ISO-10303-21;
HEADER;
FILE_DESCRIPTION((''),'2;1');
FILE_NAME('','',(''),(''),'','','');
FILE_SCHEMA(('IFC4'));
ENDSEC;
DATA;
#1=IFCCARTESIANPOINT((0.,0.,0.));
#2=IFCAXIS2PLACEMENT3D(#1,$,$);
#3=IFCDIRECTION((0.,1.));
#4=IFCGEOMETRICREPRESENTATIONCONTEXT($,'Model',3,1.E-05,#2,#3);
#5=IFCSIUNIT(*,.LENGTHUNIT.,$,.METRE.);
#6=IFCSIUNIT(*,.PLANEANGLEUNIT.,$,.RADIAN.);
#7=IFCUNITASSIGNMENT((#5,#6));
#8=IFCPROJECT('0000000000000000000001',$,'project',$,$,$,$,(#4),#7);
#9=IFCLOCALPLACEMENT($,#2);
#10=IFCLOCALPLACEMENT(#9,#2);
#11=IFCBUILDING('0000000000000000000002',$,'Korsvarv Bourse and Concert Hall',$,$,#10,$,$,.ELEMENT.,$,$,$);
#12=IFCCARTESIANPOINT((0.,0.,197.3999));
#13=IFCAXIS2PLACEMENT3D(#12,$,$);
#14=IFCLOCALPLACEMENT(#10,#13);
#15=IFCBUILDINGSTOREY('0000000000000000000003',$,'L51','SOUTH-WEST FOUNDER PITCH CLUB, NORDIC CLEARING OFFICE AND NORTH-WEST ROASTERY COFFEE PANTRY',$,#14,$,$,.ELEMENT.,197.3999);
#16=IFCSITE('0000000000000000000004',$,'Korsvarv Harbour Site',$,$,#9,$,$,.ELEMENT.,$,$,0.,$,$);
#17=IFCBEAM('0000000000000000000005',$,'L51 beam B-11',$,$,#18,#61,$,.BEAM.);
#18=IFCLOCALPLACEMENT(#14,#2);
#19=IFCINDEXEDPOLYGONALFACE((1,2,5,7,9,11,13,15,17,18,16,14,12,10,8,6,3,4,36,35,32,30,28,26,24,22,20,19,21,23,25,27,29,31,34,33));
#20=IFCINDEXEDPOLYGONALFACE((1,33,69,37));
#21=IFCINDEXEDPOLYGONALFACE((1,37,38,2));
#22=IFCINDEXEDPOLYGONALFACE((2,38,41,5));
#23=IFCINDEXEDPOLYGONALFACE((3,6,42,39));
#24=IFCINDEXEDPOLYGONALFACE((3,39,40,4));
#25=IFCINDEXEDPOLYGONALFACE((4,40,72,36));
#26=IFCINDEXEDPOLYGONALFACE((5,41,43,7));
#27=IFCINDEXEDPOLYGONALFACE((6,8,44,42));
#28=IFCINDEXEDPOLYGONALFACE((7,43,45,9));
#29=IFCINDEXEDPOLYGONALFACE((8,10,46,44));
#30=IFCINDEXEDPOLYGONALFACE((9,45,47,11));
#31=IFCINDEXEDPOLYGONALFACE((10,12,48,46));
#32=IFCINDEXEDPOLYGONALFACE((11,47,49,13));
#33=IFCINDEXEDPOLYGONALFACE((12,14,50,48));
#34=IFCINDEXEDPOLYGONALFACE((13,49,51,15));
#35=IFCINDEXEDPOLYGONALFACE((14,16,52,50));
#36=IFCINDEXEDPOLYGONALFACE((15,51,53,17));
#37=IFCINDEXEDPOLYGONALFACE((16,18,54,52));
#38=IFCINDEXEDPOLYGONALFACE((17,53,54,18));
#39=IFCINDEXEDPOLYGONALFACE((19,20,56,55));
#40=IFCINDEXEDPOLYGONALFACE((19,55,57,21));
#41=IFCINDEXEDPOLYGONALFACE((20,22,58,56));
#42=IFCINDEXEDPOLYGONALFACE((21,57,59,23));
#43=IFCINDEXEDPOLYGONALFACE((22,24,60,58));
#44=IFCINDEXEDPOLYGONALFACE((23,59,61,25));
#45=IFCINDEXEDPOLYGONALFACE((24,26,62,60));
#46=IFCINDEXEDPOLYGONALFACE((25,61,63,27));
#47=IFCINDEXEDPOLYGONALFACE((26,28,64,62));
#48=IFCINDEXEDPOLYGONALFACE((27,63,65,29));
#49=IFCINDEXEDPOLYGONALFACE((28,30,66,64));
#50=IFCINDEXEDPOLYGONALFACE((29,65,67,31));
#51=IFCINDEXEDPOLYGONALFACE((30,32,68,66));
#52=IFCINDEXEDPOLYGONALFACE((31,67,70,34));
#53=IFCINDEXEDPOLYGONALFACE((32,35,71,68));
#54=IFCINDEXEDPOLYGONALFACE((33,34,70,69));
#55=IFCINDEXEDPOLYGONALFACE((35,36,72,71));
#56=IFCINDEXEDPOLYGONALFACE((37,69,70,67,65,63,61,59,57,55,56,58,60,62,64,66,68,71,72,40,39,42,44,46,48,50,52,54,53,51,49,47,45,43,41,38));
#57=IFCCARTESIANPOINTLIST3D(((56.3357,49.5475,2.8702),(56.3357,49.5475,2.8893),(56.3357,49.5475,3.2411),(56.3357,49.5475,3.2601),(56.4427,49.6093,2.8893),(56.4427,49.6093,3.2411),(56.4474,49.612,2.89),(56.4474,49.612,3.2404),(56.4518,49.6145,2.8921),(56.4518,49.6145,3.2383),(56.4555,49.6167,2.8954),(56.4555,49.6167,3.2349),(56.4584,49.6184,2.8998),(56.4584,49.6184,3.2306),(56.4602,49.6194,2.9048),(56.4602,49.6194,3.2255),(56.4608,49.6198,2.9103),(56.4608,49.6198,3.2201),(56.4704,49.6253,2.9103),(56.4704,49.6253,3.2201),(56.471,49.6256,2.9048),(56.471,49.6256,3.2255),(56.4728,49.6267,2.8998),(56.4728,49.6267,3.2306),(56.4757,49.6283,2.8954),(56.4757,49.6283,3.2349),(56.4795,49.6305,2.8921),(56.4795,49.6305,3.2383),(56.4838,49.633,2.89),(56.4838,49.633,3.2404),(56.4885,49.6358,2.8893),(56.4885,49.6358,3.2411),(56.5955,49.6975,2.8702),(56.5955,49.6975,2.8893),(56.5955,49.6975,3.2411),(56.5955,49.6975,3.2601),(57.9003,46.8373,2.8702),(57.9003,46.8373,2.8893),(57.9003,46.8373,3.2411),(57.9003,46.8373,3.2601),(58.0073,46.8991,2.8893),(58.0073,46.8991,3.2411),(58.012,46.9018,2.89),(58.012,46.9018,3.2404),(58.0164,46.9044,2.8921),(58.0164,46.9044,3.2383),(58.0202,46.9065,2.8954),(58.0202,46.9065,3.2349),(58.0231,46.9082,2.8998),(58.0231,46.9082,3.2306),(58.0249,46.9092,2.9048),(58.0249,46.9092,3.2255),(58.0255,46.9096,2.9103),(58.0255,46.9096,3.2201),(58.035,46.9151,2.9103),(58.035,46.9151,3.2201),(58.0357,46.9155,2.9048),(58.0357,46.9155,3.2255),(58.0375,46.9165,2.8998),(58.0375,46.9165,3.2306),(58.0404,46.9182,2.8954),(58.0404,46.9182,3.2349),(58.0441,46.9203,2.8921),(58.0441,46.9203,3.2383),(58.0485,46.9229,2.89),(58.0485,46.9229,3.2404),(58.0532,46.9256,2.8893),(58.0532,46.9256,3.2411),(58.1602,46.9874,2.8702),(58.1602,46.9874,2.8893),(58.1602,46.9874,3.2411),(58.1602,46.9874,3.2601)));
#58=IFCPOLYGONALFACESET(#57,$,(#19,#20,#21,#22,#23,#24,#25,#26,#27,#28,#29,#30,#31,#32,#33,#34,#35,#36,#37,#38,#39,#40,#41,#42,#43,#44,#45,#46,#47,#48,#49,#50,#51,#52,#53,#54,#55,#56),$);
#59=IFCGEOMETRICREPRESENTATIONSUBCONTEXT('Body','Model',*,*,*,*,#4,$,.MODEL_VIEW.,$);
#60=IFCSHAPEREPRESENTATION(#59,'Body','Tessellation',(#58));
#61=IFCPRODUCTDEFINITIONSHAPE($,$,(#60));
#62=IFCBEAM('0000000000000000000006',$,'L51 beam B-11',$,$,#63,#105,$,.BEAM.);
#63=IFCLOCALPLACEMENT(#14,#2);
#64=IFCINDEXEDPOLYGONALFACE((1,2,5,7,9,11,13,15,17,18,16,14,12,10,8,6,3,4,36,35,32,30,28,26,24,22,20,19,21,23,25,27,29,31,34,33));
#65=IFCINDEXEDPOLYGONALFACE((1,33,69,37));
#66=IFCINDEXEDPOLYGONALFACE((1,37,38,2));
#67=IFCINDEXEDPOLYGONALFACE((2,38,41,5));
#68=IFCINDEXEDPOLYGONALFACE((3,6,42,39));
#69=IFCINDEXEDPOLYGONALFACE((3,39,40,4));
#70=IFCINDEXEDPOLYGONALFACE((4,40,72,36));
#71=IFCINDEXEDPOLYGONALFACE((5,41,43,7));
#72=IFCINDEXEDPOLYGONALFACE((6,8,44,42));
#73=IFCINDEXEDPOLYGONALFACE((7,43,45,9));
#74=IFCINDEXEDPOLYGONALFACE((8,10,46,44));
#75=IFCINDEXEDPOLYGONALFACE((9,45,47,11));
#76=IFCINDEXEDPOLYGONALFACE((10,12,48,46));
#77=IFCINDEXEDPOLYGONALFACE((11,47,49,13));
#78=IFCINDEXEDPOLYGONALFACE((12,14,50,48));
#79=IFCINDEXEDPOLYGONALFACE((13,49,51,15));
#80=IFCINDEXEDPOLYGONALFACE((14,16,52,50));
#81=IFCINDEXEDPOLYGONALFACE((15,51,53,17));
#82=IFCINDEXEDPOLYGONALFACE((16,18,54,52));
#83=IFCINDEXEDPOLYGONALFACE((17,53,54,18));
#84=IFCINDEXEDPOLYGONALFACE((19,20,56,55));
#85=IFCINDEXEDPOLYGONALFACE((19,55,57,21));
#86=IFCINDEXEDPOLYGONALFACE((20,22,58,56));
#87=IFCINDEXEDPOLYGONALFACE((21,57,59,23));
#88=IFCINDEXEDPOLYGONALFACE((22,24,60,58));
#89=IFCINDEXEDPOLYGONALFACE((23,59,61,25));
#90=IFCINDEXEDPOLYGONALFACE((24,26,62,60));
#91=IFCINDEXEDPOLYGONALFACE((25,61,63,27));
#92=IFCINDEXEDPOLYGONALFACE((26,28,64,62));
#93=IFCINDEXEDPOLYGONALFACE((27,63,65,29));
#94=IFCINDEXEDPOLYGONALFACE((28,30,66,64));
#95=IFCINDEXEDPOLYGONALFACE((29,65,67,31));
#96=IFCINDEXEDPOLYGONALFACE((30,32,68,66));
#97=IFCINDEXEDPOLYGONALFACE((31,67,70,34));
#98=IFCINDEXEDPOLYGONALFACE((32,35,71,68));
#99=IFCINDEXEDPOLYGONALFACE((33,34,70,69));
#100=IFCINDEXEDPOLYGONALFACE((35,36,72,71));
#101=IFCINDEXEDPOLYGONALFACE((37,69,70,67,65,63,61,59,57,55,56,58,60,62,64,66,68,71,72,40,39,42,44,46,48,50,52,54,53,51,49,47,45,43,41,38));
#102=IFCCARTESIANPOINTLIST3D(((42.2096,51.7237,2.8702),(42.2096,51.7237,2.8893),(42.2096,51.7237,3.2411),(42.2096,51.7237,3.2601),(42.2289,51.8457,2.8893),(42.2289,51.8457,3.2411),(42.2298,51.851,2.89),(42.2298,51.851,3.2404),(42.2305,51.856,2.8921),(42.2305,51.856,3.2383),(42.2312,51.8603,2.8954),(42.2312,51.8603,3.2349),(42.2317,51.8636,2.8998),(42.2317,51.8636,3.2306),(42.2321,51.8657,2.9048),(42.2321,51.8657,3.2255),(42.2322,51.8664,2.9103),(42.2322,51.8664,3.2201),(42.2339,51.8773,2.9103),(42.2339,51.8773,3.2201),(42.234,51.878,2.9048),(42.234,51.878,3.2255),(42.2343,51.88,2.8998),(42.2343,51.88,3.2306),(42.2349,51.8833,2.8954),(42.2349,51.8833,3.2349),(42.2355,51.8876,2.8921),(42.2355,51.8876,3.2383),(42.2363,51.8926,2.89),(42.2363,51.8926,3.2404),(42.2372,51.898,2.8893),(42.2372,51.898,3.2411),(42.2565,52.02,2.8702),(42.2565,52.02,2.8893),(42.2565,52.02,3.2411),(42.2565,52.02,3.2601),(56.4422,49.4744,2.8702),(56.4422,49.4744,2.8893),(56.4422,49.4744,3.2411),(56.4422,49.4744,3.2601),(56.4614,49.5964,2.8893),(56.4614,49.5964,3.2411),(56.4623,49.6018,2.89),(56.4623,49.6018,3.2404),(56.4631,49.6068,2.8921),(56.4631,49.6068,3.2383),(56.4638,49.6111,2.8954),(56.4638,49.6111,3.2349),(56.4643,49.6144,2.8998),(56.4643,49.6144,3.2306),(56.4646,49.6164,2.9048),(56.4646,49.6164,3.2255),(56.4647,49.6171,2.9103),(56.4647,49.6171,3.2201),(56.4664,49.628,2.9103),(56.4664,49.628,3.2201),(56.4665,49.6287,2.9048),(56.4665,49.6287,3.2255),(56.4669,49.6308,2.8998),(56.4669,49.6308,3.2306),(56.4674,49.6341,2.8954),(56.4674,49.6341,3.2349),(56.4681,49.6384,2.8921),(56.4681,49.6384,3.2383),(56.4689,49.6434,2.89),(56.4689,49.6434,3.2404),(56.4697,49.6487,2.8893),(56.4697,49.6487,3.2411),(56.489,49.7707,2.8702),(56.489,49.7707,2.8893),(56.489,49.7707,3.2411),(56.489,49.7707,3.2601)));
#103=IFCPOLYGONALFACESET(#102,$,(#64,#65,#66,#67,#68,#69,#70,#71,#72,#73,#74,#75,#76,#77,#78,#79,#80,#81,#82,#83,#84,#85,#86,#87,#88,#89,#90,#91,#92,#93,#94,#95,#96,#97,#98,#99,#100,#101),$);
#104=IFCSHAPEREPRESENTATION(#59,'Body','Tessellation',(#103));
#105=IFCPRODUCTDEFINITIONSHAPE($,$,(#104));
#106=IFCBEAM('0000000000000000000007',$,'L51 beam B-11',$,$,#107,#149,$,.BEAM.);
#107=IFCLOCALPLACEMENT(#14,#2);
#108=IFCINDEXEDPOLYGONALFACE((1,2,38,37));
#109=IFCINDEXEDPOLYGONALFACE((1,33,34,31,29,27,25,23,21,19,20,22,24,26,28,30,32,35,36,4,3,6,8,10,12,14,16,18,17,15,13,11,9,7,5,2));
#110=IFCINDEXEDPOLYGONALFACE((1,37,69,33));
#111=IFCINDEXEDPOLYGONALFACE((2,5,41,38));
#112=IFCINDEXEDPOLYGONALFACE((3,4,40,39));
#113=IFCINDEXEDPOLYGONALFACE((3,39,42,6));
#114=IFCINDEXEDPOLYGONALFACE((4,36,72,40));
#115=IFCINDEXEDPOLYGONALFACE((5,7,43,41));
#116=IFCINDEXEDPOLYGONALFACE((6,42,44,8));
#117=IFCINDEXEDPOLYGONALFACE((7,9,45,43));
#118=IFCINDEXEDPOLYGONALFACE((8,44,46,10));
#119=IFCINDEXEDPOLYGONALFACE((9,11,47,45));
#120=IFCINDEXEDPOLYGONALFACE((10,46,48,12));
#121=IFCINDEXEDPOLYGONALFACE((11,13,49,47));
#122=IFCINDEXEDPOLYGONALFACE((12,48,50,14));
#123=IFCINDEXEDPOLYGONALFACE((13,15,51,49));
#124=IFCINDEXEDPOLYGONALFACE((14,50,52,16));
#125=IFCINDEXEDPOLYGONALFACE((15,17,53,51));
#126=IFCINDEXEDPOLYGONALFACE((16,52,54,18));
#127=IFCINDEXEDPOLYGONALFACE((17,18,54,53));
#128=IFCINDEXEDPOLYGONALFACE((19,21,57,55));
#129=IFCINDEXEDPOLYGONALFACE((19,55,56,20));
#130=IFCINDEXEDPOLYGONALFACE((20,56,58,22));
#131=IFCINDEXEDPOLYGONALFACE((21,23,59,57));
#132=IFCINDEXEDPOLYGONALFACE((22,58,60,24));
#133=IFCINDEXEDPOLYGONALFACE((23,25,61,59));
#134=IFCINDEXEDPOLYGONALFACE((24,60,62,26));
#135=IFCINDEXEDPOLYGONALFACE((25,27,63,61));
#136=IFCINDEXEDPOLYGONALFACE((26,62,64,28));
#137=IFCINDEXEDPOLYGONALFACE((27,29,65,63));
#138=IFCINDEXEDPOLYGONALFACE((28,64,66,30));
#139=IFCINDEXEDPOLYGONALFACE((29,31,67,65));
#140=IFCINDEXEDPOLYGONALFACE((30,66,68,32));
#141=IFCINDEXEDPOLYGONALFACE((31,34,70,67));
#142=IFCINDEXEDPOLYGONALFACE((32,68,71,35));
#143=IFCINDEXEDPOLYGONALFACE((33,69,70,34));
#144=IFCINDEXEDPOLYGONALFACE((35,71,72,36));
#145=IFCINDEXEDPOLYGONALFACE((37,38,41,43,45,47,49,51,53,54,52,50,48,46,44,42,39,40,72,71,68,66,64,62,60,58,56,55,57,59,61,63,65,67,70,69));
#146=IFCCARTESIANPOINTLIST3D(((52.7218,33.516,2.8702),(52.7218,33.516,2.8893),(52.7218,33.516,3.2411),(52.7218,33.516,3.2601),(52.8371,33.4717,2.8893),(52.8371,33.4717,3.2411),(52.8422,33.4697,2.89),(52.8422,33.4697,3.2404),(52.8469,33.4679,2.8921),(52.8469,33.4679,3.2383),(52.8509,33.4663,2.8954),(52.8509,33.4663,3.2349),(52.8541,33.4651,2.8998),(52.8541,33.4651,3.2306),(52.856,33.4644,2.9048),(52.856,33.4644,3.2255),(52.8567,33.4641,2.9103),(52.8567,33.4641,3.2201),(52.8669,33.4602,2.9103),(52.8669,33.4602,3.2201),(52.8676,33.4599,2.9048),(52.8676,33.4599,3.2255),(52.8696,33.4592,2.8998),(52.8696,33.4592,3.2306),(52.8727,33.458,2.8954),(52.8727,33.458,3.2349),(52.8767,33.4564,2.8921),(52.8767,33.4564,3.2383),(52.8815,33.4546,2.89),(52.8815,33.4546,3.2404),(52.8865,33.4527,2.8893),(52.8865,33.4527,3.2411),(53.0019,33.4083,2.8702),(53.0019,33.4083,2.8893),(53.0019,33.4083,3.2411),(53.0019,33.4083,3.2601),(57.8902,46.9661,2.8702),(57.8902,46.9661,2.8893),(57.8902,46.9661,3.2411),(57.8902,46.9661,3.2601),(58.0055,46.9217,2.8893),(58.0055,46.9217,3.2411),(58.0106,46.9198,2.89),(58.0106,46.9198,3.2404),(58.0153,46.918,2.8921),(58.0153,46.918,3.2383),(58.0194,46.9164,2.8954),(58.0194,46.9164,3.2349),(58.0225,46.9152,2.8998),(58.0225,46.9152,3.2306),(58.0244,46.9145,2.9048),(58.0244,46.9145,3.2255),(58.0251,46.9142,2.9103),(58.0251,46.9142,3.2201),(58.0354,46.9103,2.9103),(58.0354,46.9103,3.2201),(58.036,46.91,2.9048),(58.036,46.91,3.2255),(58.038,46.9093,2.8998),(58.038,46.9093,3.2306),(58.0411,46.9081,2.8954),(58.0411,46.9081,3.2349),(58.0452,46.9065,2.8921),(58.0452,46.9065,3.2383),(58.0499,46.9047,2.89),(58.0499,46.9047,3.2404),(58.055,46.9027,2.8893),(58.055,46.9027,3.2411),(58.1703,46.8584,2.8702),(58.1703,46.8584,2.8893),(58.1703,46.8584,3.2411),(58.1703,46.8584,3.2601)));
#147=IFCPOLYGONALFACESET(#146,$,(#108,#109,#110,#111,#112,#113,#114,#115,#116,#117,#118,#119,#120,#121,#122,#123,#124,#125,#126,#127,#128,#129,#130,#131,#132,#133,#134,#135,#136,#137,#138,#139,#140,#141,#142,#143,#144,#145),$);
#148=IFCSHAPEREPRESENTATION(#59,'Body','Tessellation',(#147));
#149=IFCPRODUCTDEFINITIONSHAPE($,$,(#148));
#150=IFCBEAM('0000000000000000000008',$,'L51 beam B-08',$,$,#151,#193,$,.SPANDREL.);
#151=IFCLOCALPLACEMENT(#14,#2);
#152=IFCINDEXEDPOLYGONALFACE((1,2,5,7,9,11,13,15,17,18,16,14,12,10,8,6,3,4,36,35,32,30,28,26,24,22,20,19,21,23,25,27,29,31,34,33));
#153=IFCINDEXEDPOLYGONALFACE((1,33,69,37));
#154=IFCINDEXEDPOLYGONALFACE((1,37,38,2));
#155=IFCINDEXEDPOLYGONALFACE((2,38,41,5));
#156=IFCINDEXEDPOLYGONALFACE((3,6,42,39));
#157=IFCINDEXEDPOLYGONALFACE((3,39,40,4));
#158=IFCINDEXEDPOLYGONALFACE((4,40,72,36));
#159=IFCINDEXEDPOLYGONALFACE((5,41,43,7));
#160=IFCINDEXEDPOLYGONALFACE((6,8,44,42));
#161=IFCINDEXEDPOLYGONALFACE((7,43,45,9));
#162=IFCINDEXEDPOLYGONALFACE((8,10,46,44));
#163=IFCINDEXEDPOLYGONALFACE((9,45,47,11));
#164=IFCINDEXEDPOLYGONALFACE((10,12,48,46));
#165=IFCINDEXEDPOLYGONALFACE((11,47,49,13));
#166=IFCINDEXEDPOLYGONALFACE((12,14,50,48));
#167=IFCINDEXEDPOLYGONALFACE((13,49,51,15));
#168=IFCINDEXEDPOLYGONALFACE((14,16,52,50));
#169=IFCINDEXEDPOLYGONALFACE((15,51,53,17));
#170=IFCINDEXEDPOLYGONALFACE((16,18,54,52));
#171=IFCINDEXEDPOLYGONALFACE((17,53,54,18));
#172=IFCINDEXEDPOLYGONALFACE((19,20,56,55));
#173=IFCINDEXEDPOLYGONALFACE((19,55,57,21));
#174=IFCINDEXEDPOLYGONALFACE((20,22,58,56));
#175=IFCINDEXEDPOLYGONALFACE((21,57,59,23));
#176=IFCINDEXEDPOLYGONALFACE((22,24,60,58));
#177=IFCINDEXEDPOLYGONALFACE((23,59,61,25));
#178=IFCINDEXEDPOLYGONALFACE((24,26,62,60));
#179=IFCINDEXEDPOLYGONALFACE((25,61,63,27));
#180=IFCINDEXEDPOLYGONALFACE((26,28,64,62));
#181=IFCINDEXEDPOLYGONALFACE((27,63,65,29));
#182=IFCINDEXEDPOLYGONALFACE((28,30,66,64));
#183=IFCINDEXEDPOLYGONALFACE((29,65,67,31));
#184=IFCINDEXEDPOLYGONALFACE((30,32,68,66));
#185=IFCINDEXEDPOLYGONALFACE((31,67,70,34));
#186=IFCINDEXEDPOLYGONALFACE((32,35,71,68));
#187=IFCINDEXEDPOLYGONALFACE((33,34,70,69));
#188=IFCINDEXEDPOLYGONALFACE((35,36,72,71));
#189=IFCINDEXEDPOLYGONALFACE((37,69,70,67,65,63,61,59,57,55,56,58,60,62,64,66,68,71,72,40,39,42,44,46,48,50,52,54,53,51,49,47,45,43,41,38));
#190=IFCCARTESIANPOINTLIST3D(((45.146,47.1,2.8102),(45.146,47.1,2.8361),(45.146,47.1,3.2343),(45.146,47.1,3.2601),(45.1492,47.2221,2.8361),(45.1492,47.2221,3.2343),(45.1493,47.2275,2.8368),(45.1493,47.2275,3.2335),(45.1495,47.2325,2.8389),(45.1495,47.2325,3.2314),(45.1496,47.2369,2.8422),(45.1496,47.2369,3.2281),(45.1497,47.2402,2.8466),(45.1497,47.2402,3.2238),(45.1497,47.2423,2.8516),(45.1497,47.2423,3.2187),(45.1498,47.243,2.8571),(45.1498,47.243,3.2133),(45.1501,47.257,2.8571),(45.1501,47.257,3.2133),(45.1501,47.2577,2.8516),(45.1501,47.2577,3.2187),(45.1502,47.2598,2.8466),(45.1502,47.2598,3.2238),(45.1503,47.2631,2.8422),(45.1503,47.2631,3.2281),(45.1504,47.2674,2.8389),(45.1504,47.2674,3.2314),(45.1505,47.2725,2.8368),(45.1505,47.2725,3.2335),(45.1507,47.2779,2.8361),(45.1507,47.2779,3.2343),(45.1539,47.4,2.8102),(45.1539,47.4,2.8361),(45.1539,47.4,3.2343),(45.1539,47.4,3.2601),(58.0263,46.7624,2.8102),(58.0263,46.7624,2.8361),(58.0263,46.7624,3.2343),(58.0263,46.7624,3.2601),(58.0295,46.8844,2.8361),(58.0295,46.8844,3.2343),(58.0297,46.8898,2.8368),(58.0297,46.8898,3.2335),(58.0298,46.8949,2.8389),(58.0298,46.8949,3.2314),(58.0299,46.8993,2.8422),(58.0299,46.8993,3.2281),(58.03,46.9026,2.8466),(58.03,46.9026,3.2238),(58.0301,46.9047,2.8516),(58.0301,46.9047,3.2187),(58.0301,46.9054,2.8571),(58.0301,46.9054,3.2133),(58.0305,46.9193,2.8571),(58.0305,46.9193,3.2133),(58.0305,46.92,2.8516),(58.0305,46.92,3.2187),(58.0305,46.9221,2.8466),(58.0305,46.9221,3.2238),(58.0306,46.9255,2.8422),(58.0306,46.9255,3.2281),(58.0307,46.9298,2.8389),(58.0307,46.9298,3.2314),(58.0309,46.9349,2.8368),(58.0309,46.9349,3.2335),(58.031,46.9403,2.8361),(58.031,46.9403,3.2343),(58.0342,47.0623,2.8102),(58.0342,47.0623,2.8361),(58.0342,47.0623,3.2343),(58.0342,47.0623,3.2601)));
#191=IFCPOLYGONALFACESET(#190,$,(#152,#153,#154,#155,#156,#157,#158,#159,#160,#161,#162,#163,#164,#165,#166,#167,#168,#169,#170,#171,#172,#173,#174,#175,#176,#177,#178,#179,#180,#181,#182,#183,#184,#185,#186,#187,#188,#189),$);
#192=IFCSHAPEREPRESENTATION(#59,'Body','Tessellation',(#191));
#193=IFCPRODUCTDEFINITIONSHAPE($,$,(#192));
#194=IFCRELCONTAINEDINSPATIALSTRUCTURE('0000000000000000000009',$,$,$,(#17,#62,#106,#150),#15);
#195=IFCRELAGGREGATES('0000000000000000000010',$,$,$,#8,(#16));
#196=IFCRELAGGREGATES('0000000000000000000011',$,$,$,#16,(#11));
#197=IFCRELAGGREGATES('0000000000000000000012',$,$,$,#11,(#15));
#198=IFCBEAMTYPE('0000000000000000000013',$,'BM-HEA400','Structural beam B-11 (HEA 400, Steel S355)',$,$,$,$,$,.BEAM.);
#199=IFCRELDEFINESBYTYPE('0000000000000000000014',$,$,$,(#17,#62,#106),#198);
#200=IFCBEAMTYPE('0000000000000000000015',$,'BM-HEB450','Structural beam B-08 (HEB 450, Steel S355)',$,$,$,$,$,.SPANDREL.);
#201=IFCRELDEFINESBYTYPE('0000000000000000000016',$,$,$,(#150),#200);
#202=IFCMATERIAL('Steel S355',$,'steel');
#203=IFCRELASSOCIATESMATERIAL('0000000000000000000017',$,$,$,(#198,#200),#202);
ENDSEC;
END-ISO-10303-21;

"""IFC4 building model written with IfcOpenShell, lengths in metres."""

from ifc_helpers import new_model, si_unit, direction, frame, origin, origin_2d, place, context, subcontext, project, spatial, i_section, extrude, source, transform, mapped, material, material_profile, profile_set, type_object, element, save


model = new_model("IFC4")

# Units and contexts
model_context = context("Model", 3, precision=1e-05, world=origin(), true_north=direction((0.0, 1.0)))
body_context = subcontext(model_context, "Body", "Model", "MODEL_VIEW")
ifc_project = project(units=[si_unit("LENGTHUNIT", "METRE"), si_unit("PLANEANGLEUNIT", "RADIAN")], contexts=[model_context])

# Site, building, storey
site_placement = place(None, origin())
site = spatial("IfcSite", under=ifc_project, at=site_placement, Name="Korsvarv Harbour Site", CompositionType="ELEMENT", RefElevation=0.0)
building_placement = place(site_placement, origin())
building = spatial("IfcBuilding", under=site, at=building_placement, Name="Korsvarv Bourse and Concert Hall", CompositionType="ELEMENT")
storey_placement = place(building_placement, frame((0.0, 0.0, 197.3999)))
storey = spatial("IfcBuildingStorey", under=building, at=storey_placement, Name="L51", Description="SOUTH-WEST FOUNDER PITCH CLUB, NORDIC CLEARING OFFICE AND NORTH-WEST ROASTERY COFFEE PANTRY", CompositionType="ELEMENT", Elevation=197.3999)

# Shared definitions
ifc_material_1 = material(Name="Steel S355", Category="steel")

# Beams
ifc_material_profile_1 = material_profile(ifc_material_1, i_section(OverallWidth=0.3, OverallDepth=0.3899, WebThickness=0.011, FlangeThickness=0.019, FilletRadius=0.021, at=origin_2d()), Name="HEA 400")
ifc_profile_set_1 = profile_set([ifc_material_profile_1], Name="Steel S355")
beam_type_1 = type_object("IfcBeamType", Name="BM-HEA400", Description="Structural beam B-11 (HEA 400, Steel S355)", PredefinedType="BEAM", material=ifc_profile_set_1)
shared_shape_1 = source(origin(), body_context, "Body", "SweptSolid", [
    extrude(i_section(OverallWidth=0.3, OverallDepth=0.3899, WebThickness=0.011, FlangeThickness=0.019, FilletRadius=0.021, at=origin_2d()), origin(), (0.0, 0.0, 1.0), 3.1294),
])
beam_1_placement = place(storey_placement, frame((58.0303, 46.9124, 3.0652), z_axis=(-0.49999, 0.866031, 0.0), x_axis=(-0.866031, -0.49999, 0.0)))
element("IfcBeam", 1, at=beam_1_placement, inside=storey, type_object=beam_type_1, Name="L51 beam B-11", PredefinedType="BEAM", context=body_context, shape_type="MappedRepresentation", body=[
    mapped(shared_shape_1, transform((0.0, 0.0, 0.0), scale=1.0)),
])
shared_shape_2 = source(origin(), body_context, "Body", "SweptSolid", [
    extrude(i_section(OverallWidth=0.3, OverallDepth=0.3899, WebThickness=0.011, FlangeThickness=0.019, FilletRadius=0.021, at=origin_2d()), origin(), (0.0, 0.0, 1.0), 14.4092),
])
beam_2_placement = place(storey_placement, frame((56.4656, 49.6226, 3.0652), z_axis=(-0.987741, 0.156101, 0.0), x_axis=(-0.156101, -0.987741, 0.0)))
element("IfcBeam", 2, at=beam_2_placement, inside=storey, type_object=beam_type_1, Name="L51 beam B-11", PredefinedType="BEAM", context=body_context, shape_type="MappedRepresentation", body=[
    mapped(shared_shape_2, transform((0.0, 0.0, 0.0), scale=1.0)),
])
shared_shape_3 = source(origin(), body_context, "Body", "SweptSolid", [
    extrude(i_section(OverallWidth=0.3, OverallDepth=0.3899, WebThickness=0.011, FlangeThickness=0.019, FilletRadius=0.021, at=origin_2d()), origin(), (0.0, 0.0, 1.0), 14.4089),
])
beam_3_placement = place(storey_placement, frame((52.8618, 33.4622, 3.0652), z_axis=(0.358695, 0.933455, 0.0), x_axis=(-0.933455, 0.358695, 0.0)))
element("IfcBeam", 3, at=beam_3_placement, inside=storey, type_object=beam_type_1, Name="L51 beam B-11", PredefinedType="BEAM", context=body_context, shape_type="MappedRepresentation", body=[
    mapped(shared_shape_3, transform((0.0, 0.0, 0.0), scale=1.0)),
])
ifc_material_profile_2 = material_profile(ifc_material_1, i_section(OverallWidth=0.3, OverallDepth=0.45, WebThickness=0.0139, FlangeThickness=0.0259, FilletRadius=0.021, at=origin_2d()), Name="HEB 450")
ifc_profile_set_2 = profile_set([ifc_material_profile_2], Name="Steel S355")
beam_type_2 = type_object("IfcBeamType", Name="BM-HEB450", Description="Structural beam B-08 (HEB 450, Steel S355)", PredefinedType="SPANDREL", material=ifc_profile_set_2)
shared_shape_4 = source(origin(), body_context, "Body", "SweptSolid", [
    extrude(i_section(OverallWidth=0.3, OverallDepth=0.45, WebThickness=0.0139, FlangeThickness=0.0259, FilletRadius=0.021, at=origin_2d()), origin(), (0.0, 0.0, 1.0), 12.8848),
])
beam_4_placement = place(storey_placement, frame((58.0303, 46.9124, 3.0352), z_axis=(-0.999657, 0.026205, 0.0), x_axis=(-0.026205, -0.999657, 0.0)))
element("IfcBeam", 4, at=beam_4_placement, inside=storey, type_object=beam_type_2, Name="L51 beam B-08", PredefinedType="SPANDREL", context=body_context, shape_type="MappedRepresentation", body=[
    mapped(shared_shape_4, transform((0.0, 0.0, 0.0), scale=1.0)),
])

save(model, "model.ifc")
